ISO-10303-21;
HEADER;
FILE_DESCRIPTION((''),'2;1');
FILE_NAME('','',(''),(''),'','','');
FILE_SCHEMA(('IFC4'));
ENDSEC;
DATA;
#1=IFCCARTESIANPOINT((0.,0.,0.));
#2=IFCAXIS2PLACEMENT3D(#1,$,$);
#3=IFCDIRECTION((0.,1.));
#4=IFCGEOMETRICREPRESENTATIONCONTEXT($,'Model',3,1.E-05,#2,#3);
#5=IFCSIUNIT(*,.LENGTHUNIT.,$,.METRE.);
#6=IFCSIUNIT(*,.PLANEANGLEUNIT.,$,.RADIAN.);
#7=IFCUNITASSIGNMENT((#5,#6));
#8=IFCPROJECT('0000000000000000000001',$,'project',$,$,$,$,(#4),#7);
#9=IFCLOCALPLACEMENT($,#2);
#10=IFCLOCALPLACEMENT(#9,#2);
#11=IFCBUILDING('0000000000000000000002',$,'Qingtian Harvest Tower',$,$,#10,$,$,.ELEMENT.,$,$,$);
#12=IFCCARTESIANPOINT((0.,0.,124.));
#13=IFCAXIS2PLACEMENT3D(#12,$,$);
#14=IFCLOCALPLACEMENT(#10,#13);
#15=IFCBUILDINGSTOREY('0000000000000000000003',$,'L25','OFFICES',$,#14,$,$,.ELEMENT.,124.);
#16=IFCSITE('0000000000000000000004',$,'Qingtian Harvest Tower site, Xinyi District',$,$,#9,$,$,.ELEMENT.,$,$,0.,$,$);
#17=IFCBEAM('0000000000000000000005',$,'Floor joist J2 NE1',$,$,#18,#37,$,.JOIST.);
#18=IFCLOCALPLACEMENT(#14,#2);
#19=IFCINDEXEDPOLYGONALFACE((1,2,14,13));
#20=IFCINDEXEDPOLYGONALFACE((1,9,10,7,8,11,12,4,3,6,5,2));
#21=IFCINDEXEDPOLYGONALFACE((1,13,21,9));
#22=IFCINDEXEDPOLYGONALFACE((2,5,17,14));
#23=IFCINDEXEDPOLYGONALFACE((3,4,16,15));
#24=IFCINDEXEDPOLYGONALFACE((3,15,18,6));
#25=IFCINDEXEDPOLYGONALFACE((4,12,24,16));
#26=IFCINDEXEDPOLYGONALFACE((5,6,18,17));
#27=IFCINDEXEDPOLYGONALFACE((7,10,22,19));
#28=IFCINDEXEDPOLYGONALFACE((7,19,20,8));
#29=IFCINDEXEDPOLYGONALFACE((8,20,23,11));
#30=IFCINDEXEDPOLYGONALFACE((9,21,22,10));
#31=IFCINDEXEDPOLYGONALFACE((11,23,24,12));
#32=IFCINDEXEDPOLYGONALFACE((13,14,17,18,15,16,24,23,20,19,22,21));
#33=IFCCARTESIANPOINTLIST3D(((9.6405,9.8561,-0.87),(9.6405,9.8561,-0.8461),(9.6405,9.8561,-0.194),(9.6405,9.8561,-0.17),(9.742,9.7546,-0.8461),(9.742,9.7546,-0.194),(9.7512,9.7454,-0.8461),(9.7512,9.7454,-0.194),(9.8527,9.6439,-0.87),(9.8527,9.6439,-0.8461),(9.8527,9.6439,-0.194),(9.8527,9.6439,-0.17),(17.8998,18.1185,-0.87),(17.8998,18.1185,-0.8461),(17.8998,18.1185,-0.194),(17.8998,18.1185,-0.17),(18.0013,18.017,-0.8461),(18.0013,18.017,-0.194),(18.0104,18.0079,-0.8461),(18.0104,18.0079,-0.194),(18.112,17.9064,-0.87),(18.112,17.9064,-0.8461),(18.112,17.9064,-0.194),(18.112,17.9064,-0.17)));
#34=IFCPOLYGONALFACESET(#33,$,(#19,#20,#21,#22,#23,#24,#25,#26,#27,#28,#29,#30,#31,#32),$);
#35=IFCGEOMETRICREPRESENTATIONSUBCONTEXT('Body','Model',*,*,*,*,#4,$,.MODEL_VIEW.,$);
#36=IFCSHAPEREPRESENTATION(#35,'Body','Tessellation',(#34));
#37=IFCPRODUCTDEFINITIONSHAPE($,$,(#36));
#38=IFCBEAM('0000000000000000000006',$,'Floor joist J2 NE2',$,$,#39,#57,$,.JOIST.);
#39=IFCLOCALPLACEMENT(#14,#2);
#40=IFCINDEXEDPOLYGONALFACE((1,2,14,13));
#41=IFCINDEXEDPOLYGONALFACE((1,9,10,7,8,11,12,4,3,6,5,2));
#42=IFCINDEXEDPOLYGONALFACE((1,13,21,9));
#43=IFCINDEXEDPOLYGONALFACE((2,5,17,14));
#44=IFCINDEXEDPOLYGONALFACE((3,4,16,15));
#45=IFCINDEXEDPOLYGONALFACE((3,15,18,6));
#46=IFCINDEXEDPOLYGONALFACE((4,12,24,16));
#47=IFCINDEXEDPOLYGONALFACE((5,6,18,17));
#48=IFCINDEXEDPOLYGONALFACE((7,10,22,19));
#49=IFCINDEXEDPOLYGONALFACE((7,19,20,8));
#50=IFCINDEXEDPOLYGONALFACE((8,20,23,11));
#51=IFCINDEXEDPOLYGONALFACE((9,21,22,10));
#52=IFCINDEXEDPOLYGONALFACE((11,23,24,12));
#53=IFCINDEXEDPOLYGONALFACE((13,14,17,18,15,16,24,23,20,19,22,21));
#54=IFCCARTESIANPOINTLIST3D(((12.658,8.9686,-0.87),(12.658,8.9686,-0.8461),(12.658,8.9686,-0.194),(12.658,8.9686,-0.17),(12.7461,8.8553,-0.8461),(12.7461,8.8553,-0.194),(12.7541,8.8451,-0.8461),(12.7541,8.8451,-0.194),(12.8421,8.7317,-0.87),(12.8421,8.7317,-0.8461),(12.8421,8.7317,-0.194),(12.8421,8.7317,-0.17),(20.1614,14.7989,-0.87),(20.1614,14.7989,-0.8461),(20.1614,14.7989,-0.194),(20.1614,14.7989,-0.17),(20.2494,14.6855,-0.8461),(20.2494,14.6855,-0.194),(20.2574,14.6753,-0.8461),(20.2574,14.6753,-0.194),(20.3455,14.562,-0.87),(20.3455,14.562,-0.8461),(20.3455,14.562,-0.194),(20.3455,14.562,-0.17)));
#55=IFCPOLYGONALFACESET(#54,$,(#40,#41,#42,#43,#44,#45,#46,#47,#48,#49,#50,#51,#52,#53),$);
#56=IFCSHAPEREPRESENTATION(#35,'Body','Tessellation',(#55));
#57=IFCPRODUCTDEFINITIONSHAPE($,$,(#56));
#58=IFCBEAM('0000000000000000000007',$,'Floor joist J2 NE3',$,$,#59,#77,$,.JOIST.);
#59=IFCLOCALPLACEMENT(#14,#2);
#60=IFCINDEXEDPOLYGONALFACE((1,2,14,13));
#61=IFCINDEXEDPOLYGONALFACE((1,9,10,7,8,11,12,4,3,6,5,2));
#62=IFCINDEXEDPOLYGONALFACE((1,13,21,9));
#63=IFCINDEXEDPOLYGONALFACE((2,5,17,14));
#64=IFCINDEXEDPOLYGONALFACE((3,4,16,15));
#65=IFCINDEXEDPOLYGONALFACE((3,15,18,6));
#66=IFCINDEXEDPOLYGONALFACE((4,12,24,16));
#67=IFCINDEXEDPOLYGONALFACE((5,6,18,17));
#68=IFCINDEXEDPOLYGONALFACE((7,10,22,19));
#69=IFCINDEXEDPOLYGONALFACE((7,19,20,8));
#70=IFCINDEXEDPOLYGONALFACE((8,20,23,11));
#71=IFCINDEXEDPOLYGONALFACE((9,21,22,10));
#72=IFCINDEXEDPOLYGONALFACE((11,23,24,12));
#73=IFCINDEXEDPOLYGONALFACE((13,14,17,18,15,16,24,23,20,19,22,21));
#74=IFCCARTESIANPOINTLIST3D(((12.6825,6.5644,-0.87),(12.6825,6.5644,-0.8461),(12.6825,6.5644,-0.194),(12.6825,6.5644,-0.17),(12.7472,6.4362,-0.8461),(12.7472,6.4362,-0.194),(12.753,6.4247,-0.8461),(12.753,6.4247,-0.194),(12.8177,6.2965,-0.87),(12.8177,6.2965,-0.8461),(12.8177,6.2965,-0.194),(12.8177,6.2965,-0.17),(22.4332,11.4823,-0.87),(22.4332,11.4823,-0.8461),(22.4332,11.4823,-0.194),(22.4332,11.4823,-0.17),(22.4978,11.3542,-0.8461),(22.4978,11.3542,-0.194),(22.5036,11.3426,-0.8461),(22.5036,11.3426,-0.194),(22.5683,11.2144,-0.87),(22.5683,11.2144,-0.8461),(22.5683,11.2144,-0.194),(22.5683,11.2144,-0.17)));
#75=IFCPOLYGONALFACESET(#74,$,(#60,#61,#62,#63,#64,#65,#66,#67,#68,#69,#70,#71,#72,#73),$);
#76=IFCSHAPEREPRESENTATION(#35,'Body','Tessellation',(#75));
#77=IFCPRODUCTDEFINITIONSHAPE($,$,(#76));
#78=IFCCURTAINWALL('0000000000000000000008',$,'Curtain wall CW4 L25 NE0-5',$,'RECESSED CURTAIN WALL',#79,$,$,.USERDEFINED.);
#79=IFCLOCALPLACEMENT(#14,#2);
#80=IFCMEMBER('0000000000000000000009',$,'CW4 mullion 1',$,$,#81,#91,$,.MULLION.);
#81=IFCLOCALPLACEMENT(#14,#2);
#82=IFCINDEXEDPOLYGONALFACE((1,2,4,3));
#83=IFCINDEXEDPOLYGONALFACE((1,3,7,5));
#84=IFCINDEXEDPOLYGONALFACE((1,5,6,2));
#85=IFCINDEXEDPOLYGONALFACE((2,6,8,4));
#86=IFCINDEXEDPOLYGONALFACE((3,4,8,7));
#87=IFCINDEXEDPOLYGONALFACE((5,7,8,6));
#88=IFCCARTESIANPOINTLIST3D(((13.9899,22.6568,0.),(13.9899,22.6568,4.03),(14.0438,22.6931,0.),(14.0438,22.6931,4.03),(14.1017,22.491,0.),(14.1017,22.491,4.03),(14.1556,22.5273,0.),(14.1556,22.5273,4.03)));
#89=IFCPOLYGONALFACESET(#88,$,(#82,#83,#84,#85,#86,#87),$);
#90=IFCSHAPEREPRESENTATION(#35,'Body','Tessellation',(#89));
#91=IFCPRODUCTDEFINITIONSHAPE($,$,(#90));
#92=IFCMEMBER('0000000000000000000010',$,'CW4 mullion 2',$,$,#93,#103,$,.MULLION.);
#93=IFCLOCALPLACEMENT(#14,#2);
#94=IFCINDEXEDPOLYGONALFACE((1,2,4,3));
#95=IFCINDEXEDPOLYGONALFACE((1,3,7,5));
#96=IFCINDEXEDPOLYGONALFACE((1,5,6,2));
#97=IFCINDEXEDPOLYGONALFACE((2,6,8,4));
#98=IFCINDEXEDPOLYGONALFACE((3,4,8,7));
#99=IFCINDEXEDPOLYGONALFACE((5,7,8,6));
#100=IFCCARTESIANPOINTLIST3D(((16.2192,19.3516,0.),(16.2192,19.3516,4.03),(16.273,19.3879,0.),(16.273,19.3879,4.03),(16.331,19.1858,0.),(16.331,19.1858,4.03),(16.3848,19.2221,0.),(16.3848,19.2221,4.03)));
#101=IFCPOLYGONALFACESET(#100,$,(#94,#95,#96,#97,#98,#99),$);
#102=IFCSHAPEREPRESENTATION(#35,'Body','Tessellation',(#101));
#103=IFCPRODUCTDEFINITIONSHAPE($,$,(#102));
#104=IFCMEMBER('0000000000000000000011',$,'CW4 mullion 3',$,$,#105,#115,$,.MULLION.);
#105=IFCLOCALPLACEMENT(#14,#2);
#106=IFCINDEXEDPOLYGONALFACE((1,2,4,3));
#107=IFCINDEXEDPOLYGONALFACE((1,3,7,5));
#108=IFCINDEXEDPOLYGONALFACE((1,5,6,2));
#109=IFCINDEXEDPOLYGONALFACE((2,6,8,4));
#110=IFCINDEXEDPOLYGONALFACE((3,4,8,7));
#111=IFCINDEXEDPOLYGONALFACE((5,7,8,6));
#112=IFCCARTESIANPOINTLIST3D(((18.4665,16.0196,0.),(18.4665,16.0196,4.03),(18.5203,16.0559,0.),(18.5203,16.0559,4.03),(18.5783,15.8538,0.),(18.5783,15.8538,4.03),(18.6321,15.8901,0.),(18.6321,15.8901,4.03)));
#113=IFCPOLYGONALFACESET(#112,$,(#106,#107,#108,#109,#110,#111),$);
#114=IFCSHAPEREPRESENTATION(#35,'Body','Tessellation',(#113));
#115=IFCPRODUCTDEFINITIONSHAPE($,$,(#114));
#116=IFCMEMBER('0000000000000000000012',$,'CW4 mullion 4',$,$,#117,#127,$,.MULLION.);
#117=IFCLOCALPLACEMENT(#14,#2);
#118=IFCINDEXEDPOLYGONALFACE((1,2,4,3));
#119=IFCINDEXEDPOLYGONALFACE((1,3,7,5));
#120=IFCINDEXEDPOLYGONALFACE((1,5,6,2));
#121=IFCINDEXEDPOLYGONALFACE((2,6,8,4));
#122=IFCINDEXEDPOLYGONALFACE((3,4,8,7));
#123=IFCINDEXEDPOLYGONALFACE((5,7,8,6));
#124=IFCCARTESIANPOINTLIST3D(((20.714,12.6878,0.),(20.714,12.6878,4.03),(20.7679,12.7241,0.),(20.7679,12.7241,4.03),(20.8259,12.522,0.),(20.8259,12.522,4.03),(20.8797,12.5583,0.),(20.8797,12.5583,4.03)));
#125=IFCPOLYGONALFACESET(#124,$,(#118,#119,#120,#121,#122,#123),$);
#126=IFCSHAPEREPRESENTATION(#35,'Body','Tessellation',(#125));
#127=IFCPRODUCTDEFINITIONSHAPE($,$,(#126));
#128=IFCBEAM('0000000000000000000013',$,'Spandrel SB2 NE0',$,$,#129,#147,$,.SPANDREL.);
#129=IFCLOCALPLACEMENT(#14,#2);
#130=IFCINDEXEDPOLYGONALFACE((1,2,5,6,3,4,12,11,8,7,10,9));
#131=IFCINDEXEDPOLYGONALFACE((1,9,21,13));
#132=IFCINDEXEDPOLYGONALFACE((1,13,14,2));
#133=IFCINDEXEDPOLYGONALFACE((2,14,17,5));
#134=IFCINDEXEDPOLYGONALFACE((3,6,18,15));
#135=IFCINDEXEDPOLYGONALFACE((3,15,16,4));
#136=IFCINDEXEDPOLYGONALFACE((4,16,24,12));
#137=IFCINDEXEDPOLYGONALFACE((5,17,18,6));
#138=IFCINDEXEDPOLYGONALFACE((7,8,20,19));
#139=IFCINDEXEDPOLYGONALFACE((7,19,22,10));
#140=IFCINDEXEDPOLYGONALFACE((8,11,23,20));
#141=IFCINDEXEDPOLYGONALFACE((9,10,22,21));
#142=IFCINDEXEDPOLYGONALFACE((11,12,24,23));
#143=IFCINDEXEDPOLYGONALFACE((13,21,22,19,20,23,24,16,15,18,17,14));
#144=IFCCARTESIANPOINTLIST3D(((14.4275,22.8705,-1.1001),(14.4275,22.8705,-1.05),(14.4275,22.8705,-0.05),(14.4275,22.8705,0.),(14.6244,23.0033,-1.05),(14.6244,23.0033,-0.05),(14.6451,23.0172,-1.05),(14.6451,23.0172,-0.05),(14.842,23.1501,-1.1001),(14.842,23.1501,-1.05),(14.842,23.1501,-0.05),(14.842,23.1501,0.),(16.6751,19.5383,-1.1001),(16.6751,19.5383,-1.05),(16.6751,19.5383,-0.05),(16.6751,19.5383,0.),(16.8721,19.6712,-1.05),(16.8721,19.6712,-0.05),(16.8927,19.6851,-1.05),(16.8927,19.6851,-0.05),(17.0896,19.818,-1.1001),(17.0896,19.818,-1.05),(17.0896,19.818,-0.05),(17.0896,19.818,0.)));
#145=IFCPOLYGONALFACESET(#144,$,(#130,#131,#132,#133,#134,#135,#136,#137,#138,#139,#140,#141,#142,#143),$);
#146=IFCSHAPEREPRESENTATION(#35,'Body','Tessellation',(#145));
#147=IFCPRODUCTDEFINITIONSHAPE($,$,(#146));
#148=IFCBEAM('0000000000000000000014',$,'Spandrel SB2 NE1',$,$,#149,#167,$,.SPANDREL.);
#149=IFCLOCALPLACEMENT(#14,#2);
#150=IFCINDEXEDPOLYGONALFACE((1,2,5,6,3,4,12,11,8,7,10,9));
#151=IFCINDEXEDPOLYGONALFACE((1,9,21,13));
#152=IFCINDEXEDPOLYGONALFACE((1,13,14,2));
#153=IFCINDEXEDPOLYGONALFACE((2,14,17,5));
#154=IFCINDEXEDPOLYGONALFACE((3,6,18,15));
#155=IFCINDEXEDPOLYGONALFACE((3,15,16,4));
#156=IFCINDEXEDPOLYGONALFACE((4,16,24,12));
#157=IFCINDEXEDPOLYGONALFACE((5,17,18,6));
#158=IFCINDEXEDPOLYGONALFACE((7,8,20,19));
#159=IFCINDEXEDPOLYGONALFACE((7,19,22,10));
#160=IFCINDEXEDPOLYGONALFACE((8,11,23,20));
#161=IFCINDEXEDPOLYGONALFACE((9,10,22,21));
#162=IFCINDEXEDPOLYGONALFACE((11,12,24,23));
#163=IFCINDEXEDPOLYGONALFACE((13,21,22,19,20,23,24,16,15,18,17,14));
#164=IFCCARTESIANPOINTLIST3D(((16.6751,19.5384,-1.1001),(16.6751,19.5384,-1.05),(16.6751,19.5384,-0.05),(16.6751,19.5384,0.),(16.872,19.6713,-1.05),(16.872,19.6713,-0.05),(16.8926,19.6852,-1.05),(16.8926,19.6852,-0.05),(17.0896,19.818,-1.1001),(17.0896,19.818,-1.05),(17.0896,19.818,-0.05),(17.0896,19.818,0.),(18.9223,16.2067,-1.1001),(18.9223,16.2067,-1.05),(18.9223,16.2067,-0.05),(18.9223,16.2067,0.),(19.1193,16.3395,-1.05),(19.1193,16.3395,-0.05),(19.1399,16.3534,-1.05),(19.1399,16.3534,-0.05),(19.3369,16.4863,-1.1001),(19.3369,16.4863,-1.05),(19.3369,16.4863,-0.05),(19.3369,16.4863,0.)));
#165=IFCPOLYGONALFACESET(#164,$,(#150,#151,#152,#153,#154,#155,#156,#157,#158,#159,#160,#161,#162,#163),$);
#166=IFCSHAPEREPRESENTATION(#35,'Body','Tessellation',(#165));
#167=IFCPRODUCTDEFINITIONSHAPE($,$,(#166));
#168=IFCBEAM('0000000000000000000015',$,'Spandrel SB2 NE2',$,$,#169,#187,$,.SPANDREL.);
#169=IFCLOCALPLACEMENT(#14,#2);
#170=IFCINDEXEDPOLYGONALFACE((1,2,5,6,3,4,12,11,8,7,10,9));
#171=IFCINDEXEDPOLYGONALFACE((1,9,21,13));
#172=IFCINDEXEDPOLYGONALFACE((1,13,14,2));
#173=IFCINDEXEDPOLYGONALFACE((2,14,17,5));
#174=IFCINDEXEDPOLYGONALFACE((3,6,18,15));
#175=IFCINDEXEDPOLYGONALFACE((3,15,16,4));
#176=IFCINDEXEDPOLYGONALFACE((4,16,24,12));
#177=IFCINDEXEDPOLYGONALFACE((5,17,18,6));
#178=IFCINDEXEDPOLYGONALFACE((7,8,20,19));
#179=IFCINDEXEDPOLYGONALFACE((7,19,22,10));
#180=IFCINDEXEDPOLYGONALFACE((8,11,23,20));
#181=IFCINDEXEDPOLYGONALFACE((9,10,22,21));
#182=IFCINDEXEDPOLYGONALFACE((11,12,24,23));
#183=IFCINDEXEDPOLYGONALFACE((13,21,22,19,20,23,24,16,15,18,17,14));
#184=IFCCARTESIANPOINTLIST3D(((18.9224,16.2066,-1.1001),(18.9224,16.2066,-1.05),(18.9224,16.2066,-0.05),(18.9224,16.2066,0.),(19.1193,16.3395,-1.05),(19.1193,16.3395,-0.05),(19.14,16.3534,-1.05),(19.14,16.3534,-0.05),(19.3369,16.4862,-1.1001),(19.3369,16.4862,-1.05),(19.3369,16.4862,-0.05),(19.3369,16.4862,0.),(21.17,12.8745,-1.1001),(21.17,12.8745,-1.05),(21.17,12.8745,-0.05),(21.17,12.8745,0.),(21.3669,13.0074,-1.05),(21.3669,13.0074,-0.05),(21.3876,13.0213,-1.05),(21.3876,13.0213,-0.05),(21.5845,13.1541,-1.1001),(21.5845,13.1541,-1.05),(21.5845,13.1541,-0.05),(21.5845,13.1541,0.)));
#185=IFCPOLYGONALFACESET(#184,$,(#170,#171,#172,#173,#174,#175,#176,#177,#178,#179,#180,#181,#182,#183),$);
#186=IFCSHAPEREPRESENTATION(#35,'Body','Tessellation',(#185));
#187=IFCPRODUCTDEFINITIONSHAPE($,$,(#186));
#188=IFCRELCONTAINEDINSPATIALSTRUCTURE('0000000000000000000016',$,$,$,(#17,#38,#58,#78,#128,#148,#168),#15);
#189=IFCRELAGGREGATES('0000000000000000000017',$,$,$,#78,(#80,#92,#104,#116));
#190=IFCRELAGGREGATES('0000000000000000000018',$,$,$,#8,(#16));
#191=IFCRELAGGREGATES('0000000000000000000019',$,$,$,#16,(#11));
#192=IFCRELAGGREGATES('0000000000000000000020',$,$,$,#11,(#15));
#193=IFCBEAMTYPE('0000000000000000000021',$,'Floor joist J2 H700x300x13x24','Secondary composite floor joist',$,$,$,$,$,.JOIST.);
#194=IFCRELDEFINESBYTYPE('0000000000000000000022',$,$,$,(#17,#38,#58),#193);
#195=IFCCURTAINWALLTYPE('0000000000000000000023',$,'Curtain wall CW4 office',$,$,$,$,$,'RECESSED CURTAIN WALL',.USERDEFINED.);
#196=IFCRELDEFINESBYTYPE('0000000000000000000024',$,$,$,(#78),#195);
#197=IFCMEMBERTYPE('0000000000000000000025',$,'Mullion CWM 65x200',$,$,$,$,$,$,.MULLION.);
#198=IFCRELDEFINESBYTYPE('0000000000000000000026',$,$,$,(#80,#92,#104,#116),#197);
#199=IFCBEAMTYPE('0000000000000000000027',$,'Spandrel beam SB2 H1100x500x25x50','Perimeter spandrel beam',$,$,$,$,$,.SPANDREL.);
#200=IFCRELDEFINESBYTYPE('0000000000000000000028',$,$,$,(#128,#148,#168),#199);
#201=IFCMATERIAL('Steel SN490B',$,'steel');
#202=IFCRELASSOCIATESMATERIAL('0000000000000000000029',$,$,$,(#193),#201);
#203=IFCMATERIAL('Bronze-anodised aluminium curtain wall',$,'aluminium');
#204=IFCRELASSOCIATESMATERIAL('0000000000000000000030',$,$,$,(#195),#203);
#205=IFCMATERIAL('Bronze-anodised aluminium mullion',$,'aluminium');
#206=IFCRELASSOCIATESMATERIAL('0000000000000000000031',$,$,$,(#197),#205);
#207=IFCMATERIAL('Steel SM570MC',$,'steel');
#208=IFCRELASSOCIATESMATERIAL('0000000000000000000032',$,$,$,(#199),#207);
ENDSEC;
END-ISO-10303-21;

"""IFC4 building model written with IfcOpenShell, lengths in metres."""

from ifc_helpers import new_model, si_unit, direction, frame, origin, origin_2d, place, context, subcontext, project, spatial, rectangle, i_section, extrude, material, material_profile, profile_set, type_object, element, aggregate, save


model = new_model("IFC4")

# Units and contexts
model_context = context("Model", 3, precision=1e-05, world=origin(), true_north=direction((0.0, 1.0)))
body_context = subcontext(model_context, "Body", "Model", "MODEL_VIEW")
ifc_project = project(units=[si_unit("LENGTHUNIT", "METRE"), si_unit("PLANEANGLEUNIT", "RADIAN")], contexts=[model_context])

# Site, building, storey
site_placement = place(None, origin())
site = spatial("IfcSite", under=ifc_project, at=site_placement, Name="Qingtian Harvest Tower site, Xinyi District", CompositionType="ELEMENT", RefElevation=0.0)
building_placement = place(site_placement, origin())
building = spatial("IfcBuilding", under=site, at=building_placement, Name="Qingtian Harvest Tower", CompositionType="ELEMENT")
storey_placement = place(building_placement, frame((0.0, 0.0, 124.0)))
storey = spatial("IfcBuildingStorey", under=building, at=storey_placement, Name="L25", Description="OFFICES", CompositionType="ELEMENT", Elevation=124.0)

# Beams
ifc_material_1 = material(Name="Steel SN490B", Category="steel")
ifc_material_profile_1 = material_profile(ifc_material_1, i_section(OverallWidth=0.3, OverallDepth=0.7, WebThickness=0.0129, FlangeThickness=0.0239, at=origin_2d()), Name="H700x300x13x24")
ifc_profile_set_1 = profile_set([ifc_material_profile_1], Name="Steel SN490B")
beam_type_1 = type_object("IfcBeamType", Name="Floor joist J2 H700x300x13x24", Description="Secondary composite floor joist", PredefinedType="JOIST", material=ifc_profile_set_1)
beam_1_placement = place(storey_placement, frame((18.0059, 18.0125, -0.52), z_axis=(-0.706971, -0.707243, 0.0), x_axis=(0.707243, -0.706971, 0.0)))
element("IfcBeam", 1, at=beam_1_placement, inside=storey, type_object=beam_type_1, Name="Floor joist J2 NE1", PredefinedType="JOIST", context=body_context, shape_type="SweptSolid", body=[
    extrude(i_section(OverallWidth=0.3, OverallDepth=0.7, WebThickness=0.0129, FlangeThickness=0.0239, at=origin_2d()), origin(), (0.0, 0.0, 1.0), 11.6826),
])
beam_2_placement = place(storey_placement, frame((20.2534, 14.6804, -0.52), z_axis=(-0.789641, -0.613569, 0.0), x_axis=(0.613569, -0.789641, 0.0)))
element("IfcBeam", 2, at=beam_2_placement, inside=storey, type_object=beam_type_1, Name="Floor joist J2 NE2", PredefinedType="JOIST", context=body_context, shape_type="SweptSolid", body=[
    extrude(i_section(OverallWidth=0.3, OverallDepth=0.7, WebThickness=0.0129, FlangeThickness=0.0239, at=origin_2d()), origin(), (0.0, 0.0, 1.0), 9.5022),
])
beam_3_placement = place(storey_placement, frame((22.5007, 11.3484, -0.52), z_axis=(-0.892861, -0.450332, 0.0), x_axis=(0.450332, -0.892861, 0.0)))
element("IfcBeam", 3, at=beam_3_placement, inside=storey, type_object=beam_type_1, Name="Floor joist J2 NE3", PredefinedType="JOIST", context=body_context, shape_type="SweptSolid", body=[
    extrude(i_section(OverallWidth=0.3, OverallDepth=0.7, WebThickness=0.0129, FlangeThickness=0.0239, at=origin_2d()), origin(), (0.0, 0.0, 1.0), 10.9207),
])

# Curtain wall, members
ifc_material_2 = material(Name="Bronze-anodised aluminium curtain wall", Category="aluminium")
curtain_wall_type = type_object("IfcCurtainWallType", Name="Curtain wall CW4 office", ElementType="RECESSED CURTAIN WALL", PredefinedType="USERDEFINED", material=ifc_material_2)
curtain_wall_placement = place(storey_placement, origin())
curtain_wall = element("IfcCurtainWall", 4, at=curtain_wall_placement, inside=storey, type_object=curtain_wall_type, Name="Curtain wall CW4 L25 NE0-5", ObjectType="RECESSED CURTAIN WALL", PredefinedType="USERDEFINED")
ifc_material_3 = material(Name="Bronze-anodised aluminium mullion", Category="aluminium")
ifc_material_profile_2 = material_profile(ifc_material_3, rectangle(XDim=0.0649, YDim=0.2, at=origin_2d()), Name="AL 65x200")
ifc_profile_set_2 = profile_set([ifc_material_profile_2], Name="Bronze-anodised aluminium mullion")
member_type_1 = type_object("IfcMemberType", Name="Mullion CWM 65x200", PredefinedType="MULLION", material=ifc_profile_set_2)
member_1_placement = place(storey_placement, frame((14.0728, 22.592, 0.0), z_axis=(0.0, 0.0, 1.0), x_axis=(0.829038, 0.559193, 0.0)))
member_1 = element("IfcMember", 5, at=member_1_placement, type_object=member_type_1, Name="CW4 mullion 1", PredefinedType="MULLION", context=body_context, shape_type="SweptSolid", body=[
    extrude(rectangle(XDim=0.0649, YDim=0.2, at=origin_2d()), origin(), (0.0, 0.0, 1.0), 4.03),
])
member_2_placement = place(storey_placement, frame((16.302, 19.2869, 0.0), z_axis=(0.0, 0.0, 1.0), x_axis=(0.829038, 0.559193, 0.0)))
member_2 = element("IfcMember", 6, at=member_2_placement, type_object=member_type_1, Name="CW4 mullion 2", PredefinedType="MULLION", context=body_context, shape_type="SweptSolid", body=[
    extrude(rectangle(XDim=0.0649, YDim=0.2, at=origin_2d()), origin(), (0.0, 0.0, 1.0), 4.03),
])
member_3_placement = place(storey_placement, frame((18.5493, 15.9548, 0.0), z_axis=(0.0, 0.0, 1.0), x_axis=(0.829038, 0.559193, 0.0)))
member_3 = element("IfcMember", 7, at=member_3_placement, type_object=member_type_1, Name="CW4 mullion 3", PredefinedType="MULLION", context=body_context, shape_type="SweptSolid", body=[
    extrude(rectangle(XDim=0.0649, YDim=0.2, at=origin_2d()), origin(), (0.0, 0.0, 1.0), 4.03),
])
member_4_placement = place(storey_placement, frame((20.7969, 12.623, 0.0), z_axis=(0.0, 0.0, 1.0), x_axis=(0.829038, 0.559193, 0.0)))
member_4 = element("IfcMember", 8, at=member_4_placement, type_object=member_type_1, Name="CW4 mullion 4", PredefinedType="MULLION", context=body_context, shape_type="SweptSolid", body=[
    extrude(rectangle(XDim=0.0649, YDim=0.2, at=origin_2d()), origin(), (0.0, 0.0, 1.0), 4.03),
])

# Beams
ifc_material_4 = material(Name="Steel SM570MC", Category="steel")
ifc_material_profile_3 = material_profile(ifc_material_4, i_section(OverallWidth=0.5, OverallDepth=1.1001, WebThickness=0.0249, FlangeThickness=0.05, at=origin_2d()), Name="H1100x500x25x50")
ifc_profile_set_3 = profile_set([ifc_material_profile_3], Name="Steel SM570MC")
beam_type_2 = type_object("IfcBeamType", Name="Spandrel beam SB2 H1100x500x25x50", Description="Perimeter spandrel beam", PredefinedType="SPANDREL", material=ifc_profile_set_3)
beam_4_placement = place(storey_placement, frame((14.6348, 23.0103, -0.55), z_axis=(0.559206, -0.829029, 0.0), x_axis=(0.829029, 0.559206, 0.0)))
element("IfcBeam", 9, at=beam_4_placement, inside=storey, type_object=beam_type_2, Name="Spandrel SB2 NE0", PredefinedType="SPANDREL", context=body_context, shape_type="SweptSolid", body=[
    extrude(i_section(OverallWidth=0.5, OverallDepth=1.1001, WebThickness=0.0249, FlangeThickness=0.05, at=origin_2d()), origin(), (0.0, 0.0, 1.0), 4.0193),
])
beam_5_placement = place(storey_placement, frame((16.8823, 19.6782, -0.55), z_axis=(0.559192, -0.829038, 0.0), x_axis=(0.829038, 0.559192, 0.0)))
element("IfcBeam", 10, at=beam_5_placement, inside=storey, type_object=beam_type_2, Name="Spandrel SB2 NE1", PredefinedType="SPANDREL", context=body_context, shape_type="SweptSolid", body=[
    extrude(i_section(OverallWidth=0.5, OverallDepth=1.1001, WebThickness=0.0249, FlangeThickness=0.05, at=origin_2d()), origin(), (0.0, 0.0, 1.0), 4.0188),
])
beam_6_placement = place(storey_placement, frame((19.1296, 16.3464, -0.55), z_axis=(0.559206, -0.829029, 0.0), x_axis=(0.829029, 0.559206, 0.0)))
element("IfcBeam", 11, at=beam_6_placement, inside=storey, type_object=beam_type_2, Name="Spandrel SB2 NE2", PredefinedType="SPANDREL", context=body_context, shape_type="SweptSolid", body=[
    extrude(i_section(OverallWidth=0.5, OverallDepth=1.1001, WebThickness=0.0249, FlangeThickness=0.05, at=origin_2d()), origin(), (0.0, 0.0, 1.0), 4.0193),
])

aggregate(curtain_wall, [member_1, member_2, member_3, member_4])

save(model, "model.ifc")
